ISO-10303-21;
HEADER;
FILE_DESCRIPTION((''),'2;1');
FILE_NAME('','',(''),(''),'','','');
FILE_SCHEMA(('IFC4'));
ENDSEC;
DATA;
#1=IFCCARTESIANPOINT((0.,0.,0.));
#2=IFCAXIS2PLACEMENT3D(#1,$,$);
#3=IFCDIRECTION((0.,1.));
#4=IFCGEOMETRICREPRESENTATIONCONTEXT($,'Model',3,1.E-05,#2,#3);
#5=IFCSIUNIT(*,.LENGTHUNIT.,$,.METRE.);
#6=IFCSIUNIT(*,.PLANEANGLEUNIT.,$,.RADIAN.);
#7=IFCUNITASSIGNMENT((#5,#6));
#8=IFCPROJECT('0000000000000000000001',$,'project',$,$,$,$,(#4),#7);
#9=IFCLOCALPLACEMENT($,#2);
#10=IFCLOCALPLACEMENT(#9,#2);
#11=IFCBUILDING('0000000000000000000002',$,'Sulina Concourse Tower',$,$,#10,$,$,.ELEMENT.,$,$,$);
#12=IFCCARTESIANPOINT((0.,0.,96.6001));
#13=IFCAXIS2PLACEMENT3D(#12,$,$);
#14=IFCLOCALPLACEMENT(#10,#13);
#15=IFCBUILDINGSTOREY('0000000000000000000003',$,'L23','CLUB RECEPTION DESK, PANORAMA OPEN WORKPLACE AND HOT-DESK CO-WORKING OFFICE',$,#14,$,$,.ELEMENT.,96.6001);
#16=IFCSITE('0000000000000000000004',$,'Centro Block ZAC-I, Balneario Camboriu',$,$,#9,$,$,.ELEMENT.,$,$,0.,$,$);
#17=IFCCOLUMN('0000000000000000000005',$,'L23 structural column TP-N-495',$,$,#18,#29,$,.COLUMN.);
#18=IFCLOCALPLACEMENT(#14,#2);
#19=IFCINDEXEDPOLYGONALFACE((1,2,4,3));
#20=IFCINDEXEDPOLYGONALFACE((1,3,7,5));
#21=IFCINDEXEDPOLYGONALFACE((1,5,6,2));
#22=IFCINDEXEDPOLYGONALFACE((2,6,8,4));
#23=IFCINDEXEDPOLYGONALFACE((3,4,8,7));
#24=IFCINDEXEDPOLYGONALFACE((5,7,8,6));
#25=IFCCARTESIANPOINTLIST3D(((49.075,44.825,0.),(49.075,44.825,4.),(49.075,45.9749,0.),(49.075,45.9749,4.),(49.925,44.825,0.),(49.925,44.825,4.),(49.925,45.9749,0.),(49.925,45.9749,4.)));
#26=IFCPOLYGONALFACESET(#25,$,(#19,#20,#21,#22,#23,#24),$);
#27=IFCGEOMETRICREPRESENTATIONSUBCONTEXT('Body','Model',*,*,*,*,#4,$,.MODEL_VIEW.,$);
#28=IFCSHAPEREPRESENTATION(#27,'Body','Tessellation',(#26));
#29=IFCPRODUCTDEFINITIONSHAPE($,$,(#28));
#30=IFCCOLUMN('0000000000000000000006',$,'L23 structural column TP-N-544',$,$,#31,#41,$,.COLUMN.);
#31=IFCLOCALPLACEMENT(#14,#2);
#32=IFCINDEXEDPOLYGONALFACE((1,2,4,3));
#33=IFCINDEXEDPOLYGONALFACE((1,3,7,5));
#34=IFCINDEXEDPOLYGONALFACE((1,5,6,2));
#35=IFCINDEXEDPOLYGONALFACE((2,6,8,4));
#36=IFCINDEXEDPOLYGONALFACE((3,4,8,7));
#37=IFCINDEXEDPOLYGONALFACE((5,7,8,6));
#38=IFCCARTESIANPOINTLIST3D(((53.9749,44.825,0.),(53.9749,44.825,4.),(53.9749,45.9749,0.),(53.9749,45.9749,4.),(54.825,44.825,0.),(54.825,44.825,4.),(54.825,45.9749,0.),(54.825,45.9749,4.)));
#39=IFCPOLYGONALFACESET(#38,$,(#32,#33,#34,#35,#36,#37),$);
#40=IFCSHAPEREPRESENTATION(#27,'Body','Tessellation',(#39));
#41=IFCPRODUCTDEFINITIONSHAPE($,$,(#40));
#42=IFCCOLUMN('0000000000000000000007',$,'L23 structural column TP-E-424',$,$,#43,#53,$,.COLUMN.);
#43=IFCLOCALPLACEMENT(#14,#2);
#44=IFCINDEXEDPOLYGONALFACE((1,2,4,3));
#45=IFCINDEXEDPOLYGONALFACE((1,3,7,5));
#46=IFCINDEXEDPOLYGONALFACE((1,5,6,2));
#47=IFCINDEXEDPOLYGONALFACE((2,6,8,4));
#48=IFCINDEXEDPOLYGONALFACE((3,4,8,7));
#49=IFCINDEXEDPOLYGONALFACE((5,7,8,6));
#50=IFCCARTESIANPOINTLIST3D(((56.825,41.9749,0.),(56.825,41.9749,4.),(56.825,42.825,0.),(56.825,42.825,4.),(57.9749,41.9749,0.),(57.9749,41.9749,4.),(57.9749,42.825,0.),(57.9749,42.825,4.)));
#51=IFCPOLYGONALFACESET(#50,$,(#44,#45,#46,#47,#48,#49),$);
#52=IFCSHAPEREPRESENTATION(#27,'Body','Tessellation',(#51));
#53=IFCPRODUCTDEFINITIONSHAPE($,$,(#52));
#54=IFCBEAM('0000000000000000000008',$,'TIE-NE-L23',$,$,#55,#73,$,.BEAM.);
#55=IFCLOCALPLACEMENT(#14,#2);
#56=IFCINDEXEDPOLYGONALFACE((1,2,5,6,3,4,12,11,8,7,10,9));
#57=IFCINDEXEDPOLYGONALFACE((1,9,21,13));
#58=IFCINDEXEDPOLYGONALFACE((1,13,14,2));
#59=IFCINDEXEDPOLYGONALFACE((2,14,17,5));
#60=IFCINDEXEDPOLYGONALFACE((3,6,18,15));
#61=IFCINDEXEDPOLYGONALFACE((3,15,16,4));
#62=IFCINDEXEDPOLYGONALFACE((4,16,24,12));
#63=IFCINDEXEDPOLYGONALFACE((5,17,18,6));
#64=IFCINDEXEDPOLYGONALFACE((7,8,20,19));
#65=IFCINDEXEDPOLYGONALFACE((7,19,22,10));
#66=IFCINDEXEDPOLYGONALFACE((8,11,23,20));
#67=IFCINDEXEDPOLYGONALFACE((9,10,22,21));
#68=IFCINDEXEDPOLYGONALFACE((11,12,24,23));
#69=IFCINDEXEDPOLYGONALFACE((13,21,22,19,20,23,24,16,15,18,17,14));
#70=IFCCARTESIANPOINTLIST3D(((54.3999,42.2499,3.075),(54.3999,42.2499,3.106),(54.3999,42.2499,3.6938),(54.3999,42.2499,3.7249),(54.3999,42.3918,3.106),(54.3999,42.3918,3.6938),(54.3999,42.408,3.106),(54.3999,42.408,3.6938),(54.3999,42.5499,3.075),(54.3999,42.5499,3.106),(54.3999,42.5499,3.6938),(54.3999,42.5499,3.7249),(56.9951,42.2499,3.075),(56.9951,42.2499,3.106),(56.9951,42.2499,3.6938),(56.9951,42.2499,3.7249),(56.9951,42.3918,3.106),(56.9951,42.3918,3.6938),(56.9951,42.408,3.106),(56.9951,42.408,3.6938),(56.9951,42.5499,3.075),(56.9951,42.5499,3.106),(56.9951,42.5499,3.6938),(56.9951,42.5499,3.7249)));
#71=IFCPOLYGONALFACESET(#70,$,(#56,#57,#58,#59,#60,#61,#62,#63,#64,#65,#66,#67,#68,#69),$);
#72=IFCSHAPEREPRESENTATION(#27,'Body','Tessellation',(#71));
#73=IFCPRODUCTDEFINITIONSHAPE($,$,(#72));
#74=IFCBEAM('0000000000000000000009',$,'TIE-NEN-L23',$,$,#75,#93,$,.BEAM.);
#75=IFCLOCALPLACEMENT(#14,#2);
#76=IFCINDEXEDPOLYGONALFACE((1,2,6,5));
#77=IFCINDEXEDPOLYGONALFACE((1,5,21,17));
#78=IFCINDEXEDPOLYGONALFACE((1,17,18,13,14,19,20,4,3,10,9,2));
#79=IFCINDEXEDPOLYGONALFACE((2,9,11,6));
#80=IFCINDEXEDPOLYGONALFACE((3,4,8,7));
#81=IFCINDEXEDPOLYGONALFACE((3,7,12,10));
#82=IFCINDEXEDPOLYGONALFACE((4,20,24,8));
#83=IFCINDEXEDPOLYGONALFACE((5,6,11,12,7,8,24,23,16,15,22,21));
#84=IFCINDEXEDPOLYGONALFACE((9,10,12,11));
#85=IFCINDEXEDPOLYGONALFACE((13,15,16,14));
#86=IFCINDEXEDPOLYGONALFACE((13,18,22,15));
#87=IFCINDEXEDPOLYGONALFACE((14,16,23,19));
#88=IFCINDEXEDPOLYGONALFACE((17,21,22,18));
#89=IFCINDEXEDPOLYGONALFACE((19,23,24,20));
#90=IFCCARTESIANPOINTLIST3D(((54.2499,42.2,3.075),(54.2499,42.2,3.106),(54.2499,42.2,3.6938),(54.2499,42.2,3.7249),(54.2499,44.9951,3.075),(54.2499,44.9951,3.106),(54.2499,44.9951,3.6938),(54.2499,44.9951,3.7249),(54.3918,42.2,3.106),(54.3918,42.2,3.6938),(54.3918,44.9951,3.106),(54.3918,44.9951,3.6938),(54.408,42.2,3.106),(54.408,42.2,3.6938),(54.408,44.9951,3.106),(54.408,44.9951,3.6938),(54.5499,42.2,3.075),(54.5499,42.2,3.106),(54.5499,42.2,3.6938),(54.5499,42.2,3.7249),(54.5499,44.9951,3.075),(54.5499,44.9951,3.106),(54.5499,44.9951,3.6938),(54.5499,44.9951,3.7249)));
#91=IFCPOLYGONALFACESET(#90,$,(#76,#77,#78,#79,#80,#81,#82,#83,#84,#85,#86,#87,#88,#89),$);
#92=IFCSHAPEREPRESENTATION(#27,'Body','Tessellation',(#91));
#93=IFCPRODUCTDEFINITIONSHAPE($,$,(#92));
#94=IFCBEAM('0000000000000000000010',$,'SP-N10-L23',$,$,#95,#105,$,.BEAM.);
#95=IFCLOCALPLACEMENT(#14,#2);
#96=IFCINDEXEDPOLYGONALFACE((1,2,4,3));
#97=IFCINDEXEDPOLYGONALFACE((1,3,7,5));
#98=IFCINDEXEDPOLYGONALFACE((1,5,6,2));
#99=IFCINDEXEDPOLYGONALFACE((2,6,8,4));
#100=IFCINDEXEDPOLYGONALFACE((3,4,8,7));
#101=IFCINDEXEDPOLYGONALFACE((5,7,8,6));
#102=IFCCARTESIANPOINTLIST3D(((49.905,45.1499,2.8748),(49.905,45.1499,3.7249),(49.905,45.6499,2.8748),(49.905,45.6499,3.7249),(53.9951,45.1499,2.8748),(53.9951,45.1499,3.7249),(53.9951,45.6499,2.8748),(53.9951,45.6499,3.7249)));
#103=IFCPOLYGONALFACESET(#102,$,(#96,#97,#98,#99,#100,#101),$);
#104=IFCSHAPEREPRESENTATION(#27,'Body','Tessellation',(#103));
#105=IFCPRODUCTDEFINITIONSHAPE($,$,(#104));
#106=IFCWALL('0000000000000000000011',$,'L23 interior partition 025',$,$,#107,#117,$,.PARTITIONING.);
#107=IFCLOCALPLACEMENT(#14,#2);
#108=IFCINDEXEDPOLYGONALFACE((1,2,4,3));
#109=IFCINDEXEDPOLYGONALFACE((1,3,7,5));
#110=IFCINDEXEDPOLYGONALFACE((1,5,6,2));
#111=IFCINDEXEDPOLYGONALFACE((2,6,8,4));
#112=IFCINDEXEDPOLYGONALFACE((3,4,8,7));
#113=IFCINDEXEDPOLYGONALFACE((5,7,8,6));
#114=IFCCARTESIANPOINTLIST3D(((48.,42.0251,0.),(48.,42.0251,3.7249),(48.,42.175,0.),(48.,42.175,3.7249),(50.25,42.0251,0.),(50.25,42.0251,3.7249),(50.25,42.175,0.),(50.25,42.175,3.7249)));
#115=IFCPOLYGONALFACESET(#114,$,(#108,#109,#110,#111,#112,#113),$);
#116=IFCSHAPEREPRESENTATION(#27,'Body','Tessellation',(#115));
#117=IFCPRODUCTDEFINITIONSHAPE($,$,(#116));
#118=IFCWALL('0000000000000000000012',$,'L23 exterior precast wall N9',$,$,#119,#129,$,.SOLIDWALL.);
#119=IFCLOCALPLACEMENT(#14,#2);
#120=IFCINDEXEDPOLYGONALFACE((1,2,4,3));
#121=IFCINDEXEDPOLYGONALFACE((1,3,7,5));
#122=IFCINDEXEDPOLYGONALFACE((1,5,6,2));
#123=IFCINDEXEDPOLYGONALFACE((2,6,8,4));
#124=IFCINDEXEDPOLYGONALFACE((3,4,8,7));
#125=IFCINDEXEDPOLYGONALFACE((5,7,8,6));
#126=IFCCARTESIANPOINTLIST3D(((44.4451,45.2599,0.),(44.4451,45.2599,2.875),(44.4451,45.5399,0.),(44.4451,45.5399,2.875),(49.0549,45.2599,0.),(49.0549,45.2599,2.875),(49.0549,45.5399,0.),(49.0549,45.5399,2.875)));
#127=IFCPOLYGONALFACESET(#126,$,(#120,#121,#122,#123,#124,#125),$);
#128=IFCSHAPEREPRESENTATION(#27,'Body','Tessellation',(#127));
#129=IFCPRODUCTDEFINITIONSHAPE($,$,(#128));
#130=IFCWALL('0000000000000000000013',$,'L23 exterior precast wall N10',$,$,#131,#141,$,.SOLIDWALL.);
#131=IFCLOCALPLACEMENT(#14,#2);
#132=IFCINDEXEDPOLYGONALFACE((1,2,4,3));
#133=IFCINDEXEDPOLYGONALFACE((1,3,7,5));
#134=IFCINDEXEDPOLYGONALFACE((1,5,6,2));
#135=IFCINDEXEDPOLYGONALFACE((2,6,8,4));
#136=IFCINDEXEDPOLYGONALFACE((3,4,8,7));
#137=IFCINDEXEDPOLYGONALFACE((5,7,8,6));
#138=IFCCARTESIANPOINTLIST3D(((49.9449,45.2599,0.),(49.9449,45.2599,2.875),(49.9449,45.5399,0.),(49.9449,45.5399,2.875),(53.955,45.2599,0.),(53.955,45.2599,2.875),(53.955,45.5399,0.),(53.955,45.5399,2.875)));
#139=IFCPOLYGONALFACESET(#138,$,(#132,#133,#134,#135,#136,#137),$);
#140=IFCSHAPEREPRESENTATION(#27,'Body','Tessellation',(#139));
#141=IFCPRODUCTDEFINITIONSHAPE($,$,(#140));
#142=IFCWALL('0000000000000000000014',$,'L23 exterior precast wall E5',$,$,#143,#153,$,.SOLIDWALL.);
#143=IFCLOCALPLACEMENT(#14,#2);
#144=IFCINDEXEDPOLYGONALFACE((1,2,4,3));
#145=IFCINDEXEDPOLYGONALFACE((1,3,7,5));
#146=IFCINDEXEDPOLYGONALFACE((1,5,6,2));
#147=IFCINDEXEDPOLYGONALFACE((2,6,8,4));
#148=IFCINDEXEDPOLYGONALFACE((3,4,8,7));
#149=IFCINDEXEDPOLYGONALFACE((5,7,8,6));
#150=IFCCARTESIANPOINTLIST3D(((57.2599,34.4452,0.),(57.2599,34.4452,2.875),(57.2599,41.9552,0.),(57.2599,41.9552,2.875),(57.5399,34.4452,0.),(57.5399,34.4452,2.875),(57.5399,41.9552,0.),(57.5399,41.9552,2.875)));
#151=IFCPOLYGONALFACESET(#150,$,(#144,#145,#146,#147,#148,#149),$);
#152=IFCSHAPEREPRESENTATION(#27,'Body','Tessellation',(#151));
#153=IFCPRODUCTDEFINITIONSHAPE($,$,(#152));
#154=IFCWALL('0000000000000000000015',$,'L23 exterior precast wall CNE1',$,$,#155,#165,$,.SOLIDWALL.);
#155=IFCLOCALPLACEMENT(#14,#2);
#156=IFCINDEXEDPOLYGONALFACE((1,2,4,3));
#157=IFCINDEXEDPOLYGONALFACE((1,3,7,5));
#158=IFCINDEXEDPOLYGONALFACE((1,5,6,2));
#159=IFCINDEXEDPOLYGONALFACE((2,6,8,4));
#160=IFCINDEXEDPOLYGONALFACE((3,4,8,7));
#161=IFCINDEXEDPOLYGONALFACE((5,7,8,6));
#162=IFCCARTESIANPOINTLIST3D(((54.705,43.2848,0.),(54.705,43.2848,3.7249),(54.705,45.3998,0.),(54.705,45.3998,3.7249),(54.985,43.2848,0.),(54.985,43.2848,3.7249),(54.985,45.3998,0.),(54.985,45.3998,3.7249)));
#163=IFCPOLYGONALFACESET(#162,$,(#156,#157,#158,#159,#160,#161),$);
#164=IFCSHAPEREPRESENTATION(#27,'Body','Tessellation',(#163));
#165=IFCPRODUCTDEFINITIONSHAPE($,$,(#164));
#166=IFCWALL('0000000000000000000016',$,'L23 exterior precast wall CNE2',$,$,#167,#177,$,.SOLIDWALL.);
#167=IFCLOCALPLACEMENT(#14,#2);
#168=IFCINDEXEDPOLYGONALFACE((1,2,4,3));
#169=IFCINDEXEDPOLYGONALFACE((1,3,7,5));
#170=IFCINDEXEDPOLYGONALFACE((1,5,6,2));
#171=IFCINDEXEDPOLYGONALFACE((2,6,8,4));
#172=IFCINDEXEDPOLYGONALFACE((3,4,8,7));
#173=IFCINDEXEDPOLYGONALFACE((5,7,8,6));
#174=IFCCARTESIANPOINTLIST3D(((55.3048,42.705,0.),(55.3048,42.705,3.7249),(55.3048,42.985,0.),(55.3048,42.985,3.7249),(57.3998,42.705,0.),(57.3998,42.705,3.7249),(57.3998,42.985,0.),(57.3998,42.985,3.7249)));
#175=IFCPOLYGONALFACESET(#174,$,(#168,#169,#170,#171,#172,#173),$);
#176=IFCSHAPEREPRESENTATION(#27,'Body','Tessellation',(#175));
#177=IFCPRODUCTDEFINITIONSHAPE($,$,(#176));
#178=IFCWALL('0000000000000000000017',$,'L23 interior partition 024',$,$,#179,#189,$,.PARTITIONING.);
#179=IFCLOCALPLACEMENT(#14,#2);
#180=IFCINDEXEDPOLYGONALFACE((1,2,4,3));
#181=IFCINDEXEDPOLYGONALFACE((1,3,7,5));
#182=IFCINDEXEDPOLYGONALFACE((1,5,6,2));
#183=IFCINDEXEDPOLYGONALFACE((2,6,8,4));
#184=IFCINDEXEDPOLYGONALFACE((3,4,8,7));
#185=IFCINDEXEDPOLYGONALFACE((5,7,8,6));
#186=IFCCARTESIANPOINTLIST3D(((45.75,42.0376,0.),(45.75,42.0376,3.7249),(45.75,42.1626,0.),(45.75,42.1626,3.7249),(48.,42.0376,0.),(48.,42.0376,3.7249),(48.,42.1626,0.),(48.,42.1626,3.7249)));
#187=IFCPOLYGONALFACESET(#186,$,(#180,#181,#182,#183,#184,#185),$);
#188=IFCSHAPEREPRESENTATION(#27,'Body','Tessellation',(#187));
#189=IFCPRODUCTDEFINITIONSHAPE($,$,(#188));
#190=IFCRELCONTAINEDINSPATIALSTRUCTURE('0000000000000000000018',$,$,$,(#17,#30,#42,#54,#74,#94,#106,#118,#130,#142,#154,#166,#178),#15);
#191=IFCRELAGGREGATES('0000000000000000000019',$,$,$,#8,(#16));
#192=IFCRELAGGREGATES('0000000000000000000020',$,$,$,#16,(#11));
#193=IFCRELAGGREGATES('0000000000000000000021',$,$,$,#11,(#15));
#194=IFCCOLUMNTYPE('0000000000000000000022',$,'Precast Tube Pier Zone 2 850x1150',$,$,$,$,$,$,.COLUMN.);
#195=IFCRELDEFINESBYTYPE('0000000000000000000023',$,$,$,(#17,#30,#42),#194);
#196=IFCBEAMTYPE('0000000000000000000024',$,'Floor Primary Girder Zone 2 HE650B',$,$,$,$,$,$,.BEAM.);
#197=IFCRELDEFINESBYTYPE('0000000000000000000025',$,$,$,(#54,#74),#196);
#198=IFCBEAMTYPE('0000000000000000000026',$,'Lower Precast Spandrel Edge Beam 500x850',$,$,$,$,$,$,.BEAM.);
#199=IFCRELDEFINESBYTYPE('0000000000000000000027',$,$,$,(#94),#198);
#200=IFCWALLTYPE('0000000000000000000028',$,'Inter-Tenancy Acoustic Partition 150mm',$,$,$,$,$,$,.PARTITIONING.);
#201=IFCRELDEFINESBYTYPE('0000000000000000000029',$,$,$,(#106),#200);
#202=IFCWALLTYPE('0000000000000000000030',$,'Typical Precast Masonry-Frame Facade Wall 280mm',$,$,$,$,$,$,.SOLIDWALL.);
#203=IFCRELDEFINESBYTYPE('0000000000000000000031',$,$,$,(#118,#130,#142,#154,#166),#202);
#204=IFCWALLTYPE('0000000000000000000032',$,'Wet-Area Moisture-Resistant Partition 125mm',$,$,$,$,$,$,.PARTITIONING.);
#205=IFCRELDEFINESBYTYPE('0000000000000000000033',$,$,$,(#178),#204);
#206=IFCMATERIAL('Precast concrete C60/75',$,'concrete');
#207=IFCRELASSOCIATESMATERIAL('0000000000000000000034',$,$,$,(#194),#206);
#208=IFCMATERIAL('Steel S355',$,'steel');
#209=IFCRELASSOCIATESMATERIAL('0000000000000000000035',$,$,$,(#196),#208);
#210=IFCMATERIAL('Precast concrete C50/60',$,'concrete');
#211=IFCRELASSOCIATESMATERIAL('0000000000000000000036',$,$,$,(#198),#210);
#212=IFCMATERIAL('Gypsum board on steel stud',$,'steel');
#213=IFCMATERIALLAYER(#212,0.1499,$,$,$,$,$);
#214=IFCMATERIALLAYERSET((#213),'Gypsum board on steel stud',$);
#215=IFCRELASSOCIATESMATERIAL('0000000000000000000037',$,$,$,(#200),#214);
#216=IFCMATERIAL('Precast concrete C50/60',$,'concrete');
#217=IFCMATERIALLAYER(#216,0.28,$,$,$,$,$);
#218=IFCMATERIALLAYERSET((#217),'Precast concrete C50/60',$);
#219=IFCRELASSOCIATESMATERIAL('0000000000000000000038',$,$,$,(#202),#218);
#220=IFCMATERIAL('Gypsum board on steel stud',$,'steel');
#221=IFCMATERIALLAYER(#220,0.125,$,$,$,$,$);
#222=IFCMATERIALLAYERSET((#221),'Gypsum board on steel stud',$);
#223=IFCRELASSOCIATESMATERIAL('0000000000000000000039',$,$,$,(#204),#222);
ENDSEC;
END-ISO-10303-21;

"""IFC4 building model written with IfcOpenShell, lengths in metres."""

from ifc_helpers import new_model, si_unit, direction, frame, frame_2d, origin, origin_2d, place, context, subcontext, project, spatial, rectangle, i_section, extrude, material, layer, layer_set, material_profile, profile_set, type_object, element, save


model = new_model("IFC4")

# Units and contexts
model_context = context("Model", 3, precision=1e-05, world=origin(), true_north=direction((0.0, 1.0)))
body_context = subcontext(model_context, "Body", "Model", "MODEL_VIEW")
ifc_project = project(units=[si_unit("LENGTHUNIT", "METRE"), si_unit("PLANEANGLEUNIT", "RADIAN")], contexts=[model_context])

# Site, building, storey
site_placement = place(None, origin())
site = spatial("IfcSite", under=ifc_project, at=site_placement, Name="Centro Block ZAC-I, Balneario Camboriu", CompositionType="ELEMENT", RefElevation=0.0)
building_placement = place(site_placement, origin())
building = spatial("IfcBuilding", under=site, at=building_placement, Name="Sulina Concourse Tower", CompositionType="ELEMENT")
storey_placement = place(building_placement, frame((0.0, 0.0, 96.6001)))
storey = spatial("IfcBuildingStorey", under=building, at=storey_placement, Name="L23", Description="CLUB RECEPTION DESK, PANORAMA OPEN WORKPLACE AND HOT-DESK CO-WORKING OFFICE", CompositionType="ELEMENT", Elevation=96.6001)

# Columns
ifc_material_1 = material(Name="Precast concrete C60/75", Category="concrete")
ifc_material_profile_1 = material_profile(ifc_material_1, rectangle(XDim=0.8501, YDim=1.1499, at=origin_2d()), Name="PC 850x1150")
ifc_profile_set_1 = profile_set([ifc_material_profile_1], Name="Precast concrete C60/75")
column_type = type_object("IfcColumnType", Name="Precast Tube Pier Zone 2 850x1150", PredefinedType="COLUMN", material=ifc_profile_set_1)
for number, where, z_axis, x_axis, name in (
    (1, (49.5, 45.3999, 0.0), (0.0, 0.0, 1.0), (1.0, 0.0, 0.0), "L23 structural column TP-N-495"),
    (2, (54.3999, 45.3999, 0.0), (0.0, 0.0, 1.0), (1.0, 0.0, 0.0), "L23 structural column TP-N-544"),
    (3, (57.3999, 42.3999, 0.0), (0.0, 0.0, 1.0), (0.0, 1.0, 0.0), "L23 structural column TP-E-424"),
):
    element("IfcColumn", number, at=place(storey_placement, frame(where, z_axis=z_axis, x_axis=x_axis)), inside=storey, type_object=column_type, Name=name, PredefinedType="COLUMN", context=body_context, shape_type="SweptSolid", body=[
        extrude(rectangle(XDim=0.8501, YDim=1.1499, at=origin_2d()), origin(), (0.0, 0.0, 1.0), 4.0),
    ])

# Beams
ifc_material_2 = material(Name="Steel S355", Category="steel")
ifc_material_profile_2 = material_profile(ifc_material_2, i_section(OverallWidth=0.3, OverallDepth=0.6499, WebThickness=0.0161, FlangeThickness=0.031, at=origin_2d()), Name="HE 650 B")
ifc_profile_set_2 = profile_set([ifc_material_profile_2], Name="Steel S355")
beam_type_1 = type_object("IfcBeamType", Name="Floor Primary Girder Zone 2 HE650B", PredefinedType="BEAM", material=ifc_profile_set_2)
beam_1_placement = place(storey_placement, frame((54.3999, 42.3999, 3.3999), z_axis=(1.0, 0.0, 0.0), x_axis=(0.0, 1.0, 0.0)))
element("IfcBeam", 4, at=beam_1_placement, inside=storey, type_object=beam_type_1, Name="TIE-NE-L23", PredefinedType="BEAM", context=body_context, shape_type="SweptSolid", body=[
    extrude(i_section(OverallWidth=0.3, OverallDepth=0.6499, WebThickness=0.0161, FlangeThickness=0.031, at=origin_2d()), origin(), (0.0, 0.0, 1.0), 2.5952),
])
beam_2_placement = place(storey_placement, frame((54.3999, 42.2, 3.3999), z_axis=(0.0, 1.0, 0.0), x_axis=(-1.0, 0.0, 0.0)))
element("IfcBeam", 5, at=beam_2_placement, inside=storey, type_object=beam_type_1, Name="TIE-NEN-L23", PredefinedType="BEAM", context=body_context, shape_type="SweptSolid", body=[
    extrude(i_section(OverallWidth=0.3, OverallDepth=0.6499, WebThickness=0.0161, FlangeThickness=0.031, at=origin_2d()), origin(), (0.0, 0.0, 1.0), 2.7952),
])
ifc_material_3 = material(Name="Precast concrete C50/60", Category="concrete")
ifc_material_profile_3 = material_profile(ifc_material_3, rectangle(XDim=0.5, YDim=0.8501, at=origin_2d()), Name="RC 500x850")
ifc_profile_set_3 = profile_set([ifc_material_profile_3], Name="Precast concrete C50/60")
beam_type_2 = type_object("IfcBeamType", Name="Lower Precast Spandrel Edge Beam 500x850", PredefinedType="BEAM", material=ifc_profile_set_3)
beam_3_placement = place(storey_placement, frame((49.905, 45.3999, 3.2998), z_axis=(1.0, 0.0, 0.0), x_axis=(0.0, 1.0, 0.0)))
element("IfcBeam", 6, at=beam_3_placement, inside=storey, type_object=beam_type_2, Name="SP-N10-L23", PredefinedType="BEAM", context=body_context, shape_type="SweptSolid", body=[
    extrude(rectangle(XDim=0.5, YDim=0.8501, at=origin_2d()), origin(), (0.0, 0.0, 1.0), 4.0901),
])

# Walls
ifc_material_4 = material(Name="Gypsum board on steel stud", Category="steel")
ifc_layer_1 = layer(ifc_material_4, 0.1499)
ifc_layer_set_1 = layer_set([ifc_layer_1], Name="Gypsum board on steel stud")
wall_type_1 = type_object("IfcWallType", Name="Inter-Tenancy Acoustic Partition 150mm", PredefinedType="PARTITIONING", material=ifc_layer_set_1)
wall_1_placement = place(storey_placement, frame((48.0, 42.1001, 0.0), z_axis=(0.0, 0.0, 1.0), x_axis=(1.0, 0.0, 0.0)))
element("IfcWall", 7, at=wall_1_placement, inside=storey, type_object=wall_type_1, Name="L23 interior partition 025", PredefinedType="PARTITIONING", context=body_context, shape_type="SweptSolid", body=[
    extrude(rectangle(XDim=2.25, YDim=0.1499, at=frame_2d((1.125, 0.0))), origin(), (0.0, 0.0, 1.0), 3.7249),
])
ifc_material_5 = material(Name="Precast concrete C50/60", Category="concrete")
ifc_layer_2 = layer(ifc_material_5, 0.28)
ifc_layer_set_2 = layer_set([ifc_layer_2], Name="Precast concrete C50/60")
wall_type_2 = type_object("IfcWallType", Name="Typical Precast Masonry-Frame Facade Wall 280mm", PredefinedType="SOLIDWALL", material=ifc_layer_set_2)
wall_2_placement = place(storey_placement, frame((44.4451, 45.3999, 0.0), z_axis=(0.0, 0.0, 1.0), x_axis=(1.0, 0.0, 0.0)))
element("IfcWall", 8, at=wall_2_placement, inside=storey, type_object=wall_type_2, Name="L23 exterior precast wall N9", PredefinedType="SOLIDWALL", context=body_context, shape_type="SweptSolid", body=[
    extrude(rectangle(XDim=4.6099, YDim=0.28, at=frame_2d((2.3049, 0.0))), origin(), (0.0, 0.0, 1.0), 2.875),
])
wall_3_placement = place(storey_placement, frame((49.9451, 45.3999, 0.0), z_axis=(0.0, 0.0, 1.0), x_axis=(1.0, 0.0, 0.0)))
element("IfcWall", 9, at=wall_3_placement, inside=storey, type_object=wall_type_2, Name="L23 exterior precast wall N10", PredefinedType="SOLIDWALL", context=body_context, shape_type="SweptSolid", body=[
    extrude(rectangle(XDim=4.01, YDim=0.28, at=frame_2d((2.0049, 0.0))), origin(), (0.0, 0.0, 1.0), 2.875),
])
wall_4_placement = place(storey_placement, frame((57.3999, 41.9551, 0.0), z_axis=(0.0, 0.0, 1.0), x_axis=(0.0, -1.0, 0.0)))
element("IfcWall", 10, at=wall_4_placement, inside=storey, type_object=wall_type_2, Name="L23 exterior precast wall E5", PredefinedType="SOLIDWALL", context=body_context, shape_type="SweptSolid", body=[
    extrude(rectangle(XDim=7.51, YDim=0.28, at=frame_2d((3.7549, 0.0))), origin(), (0.0, 0.0, 1.0), 2.875),
])
wall_5_placement = place(storey_placement, frame((54.845, 45.3999, 0.0), z_axis=(0.0, 0.0, 1.0), x_axis=(0.0, -1.0, 0.0)))
element("IfcWall", 11, at=wall_5_placement, inside=storey, type_object=wall_type_2, Name="L23 exterior precast wall CNE1", PredefinedType="SOLIDWALL", context=body_context, shape_type="SweptSolid", body=[
    extrude(rectangle(XDim=2.115, YDim=0.28, at=frame_2d((1.0576, 0.0))), origin(), (0.0, 0.0, 1.0), 3.7249),
])
wall_6_placement = place(storey_placement, frame((55.3049, 42.845, 0.0), z_axis=(0.0, 0.0, 1.0), x_axis=(1.0, 0.0, 0.0)))
element("IfcWall", 12, at=wall_6_placement, inside=storey, type_object=wall_type_2, Name="L23 exterior precast wall CNE2", PredefinedType="SOLIDWALL", context=body_context, shape_type="SweptSolid", body=[
    extrude(rectangle(XDim=2.095, YDim=0.28, at=frame_2d((1.0474, 0.0))), origin(), (0.0, 0.0, 1.0), 3.7249),
])
ifc_material_6 = material(Name="Gypsum board on steel stud", Category="steel")
ifc_layer_3 = layer(ifc_material_6, 0.125)
ifc_layer_set_3 = layer_set([ifc_layer_3], Name="Gypsum board on steel stud")
wall_type_3 = type_object("IfcWallType", Name="Wet-Area Moisture-Resistant Partition 125mm", PredefinedType="PARTITIONING", material=ifc_layer_set_3)
wall_7_placement = place(storey_placement, frame((45.75, 42.1001, 0.0), z_axis=(0.0, 0.0, 1.0), x_axis=(1.0, 0.0, 0.0)))
element("IfcWall", 13, at=wall_7_placement, inside=storey, type_object=wall_type_3, Name="L23 interior partition 024", PredefinedType="PARTITIONING", context=body_context, shape_type="SweptSolid", body=[
    extrude(rectangle(XDim=2.25, YDim=0.125, at=frame_2d((1.125, 0.0))), origin(), (0.0, 0.0, 1.0), 3.7249),
])

save(model, "model.ifc")
